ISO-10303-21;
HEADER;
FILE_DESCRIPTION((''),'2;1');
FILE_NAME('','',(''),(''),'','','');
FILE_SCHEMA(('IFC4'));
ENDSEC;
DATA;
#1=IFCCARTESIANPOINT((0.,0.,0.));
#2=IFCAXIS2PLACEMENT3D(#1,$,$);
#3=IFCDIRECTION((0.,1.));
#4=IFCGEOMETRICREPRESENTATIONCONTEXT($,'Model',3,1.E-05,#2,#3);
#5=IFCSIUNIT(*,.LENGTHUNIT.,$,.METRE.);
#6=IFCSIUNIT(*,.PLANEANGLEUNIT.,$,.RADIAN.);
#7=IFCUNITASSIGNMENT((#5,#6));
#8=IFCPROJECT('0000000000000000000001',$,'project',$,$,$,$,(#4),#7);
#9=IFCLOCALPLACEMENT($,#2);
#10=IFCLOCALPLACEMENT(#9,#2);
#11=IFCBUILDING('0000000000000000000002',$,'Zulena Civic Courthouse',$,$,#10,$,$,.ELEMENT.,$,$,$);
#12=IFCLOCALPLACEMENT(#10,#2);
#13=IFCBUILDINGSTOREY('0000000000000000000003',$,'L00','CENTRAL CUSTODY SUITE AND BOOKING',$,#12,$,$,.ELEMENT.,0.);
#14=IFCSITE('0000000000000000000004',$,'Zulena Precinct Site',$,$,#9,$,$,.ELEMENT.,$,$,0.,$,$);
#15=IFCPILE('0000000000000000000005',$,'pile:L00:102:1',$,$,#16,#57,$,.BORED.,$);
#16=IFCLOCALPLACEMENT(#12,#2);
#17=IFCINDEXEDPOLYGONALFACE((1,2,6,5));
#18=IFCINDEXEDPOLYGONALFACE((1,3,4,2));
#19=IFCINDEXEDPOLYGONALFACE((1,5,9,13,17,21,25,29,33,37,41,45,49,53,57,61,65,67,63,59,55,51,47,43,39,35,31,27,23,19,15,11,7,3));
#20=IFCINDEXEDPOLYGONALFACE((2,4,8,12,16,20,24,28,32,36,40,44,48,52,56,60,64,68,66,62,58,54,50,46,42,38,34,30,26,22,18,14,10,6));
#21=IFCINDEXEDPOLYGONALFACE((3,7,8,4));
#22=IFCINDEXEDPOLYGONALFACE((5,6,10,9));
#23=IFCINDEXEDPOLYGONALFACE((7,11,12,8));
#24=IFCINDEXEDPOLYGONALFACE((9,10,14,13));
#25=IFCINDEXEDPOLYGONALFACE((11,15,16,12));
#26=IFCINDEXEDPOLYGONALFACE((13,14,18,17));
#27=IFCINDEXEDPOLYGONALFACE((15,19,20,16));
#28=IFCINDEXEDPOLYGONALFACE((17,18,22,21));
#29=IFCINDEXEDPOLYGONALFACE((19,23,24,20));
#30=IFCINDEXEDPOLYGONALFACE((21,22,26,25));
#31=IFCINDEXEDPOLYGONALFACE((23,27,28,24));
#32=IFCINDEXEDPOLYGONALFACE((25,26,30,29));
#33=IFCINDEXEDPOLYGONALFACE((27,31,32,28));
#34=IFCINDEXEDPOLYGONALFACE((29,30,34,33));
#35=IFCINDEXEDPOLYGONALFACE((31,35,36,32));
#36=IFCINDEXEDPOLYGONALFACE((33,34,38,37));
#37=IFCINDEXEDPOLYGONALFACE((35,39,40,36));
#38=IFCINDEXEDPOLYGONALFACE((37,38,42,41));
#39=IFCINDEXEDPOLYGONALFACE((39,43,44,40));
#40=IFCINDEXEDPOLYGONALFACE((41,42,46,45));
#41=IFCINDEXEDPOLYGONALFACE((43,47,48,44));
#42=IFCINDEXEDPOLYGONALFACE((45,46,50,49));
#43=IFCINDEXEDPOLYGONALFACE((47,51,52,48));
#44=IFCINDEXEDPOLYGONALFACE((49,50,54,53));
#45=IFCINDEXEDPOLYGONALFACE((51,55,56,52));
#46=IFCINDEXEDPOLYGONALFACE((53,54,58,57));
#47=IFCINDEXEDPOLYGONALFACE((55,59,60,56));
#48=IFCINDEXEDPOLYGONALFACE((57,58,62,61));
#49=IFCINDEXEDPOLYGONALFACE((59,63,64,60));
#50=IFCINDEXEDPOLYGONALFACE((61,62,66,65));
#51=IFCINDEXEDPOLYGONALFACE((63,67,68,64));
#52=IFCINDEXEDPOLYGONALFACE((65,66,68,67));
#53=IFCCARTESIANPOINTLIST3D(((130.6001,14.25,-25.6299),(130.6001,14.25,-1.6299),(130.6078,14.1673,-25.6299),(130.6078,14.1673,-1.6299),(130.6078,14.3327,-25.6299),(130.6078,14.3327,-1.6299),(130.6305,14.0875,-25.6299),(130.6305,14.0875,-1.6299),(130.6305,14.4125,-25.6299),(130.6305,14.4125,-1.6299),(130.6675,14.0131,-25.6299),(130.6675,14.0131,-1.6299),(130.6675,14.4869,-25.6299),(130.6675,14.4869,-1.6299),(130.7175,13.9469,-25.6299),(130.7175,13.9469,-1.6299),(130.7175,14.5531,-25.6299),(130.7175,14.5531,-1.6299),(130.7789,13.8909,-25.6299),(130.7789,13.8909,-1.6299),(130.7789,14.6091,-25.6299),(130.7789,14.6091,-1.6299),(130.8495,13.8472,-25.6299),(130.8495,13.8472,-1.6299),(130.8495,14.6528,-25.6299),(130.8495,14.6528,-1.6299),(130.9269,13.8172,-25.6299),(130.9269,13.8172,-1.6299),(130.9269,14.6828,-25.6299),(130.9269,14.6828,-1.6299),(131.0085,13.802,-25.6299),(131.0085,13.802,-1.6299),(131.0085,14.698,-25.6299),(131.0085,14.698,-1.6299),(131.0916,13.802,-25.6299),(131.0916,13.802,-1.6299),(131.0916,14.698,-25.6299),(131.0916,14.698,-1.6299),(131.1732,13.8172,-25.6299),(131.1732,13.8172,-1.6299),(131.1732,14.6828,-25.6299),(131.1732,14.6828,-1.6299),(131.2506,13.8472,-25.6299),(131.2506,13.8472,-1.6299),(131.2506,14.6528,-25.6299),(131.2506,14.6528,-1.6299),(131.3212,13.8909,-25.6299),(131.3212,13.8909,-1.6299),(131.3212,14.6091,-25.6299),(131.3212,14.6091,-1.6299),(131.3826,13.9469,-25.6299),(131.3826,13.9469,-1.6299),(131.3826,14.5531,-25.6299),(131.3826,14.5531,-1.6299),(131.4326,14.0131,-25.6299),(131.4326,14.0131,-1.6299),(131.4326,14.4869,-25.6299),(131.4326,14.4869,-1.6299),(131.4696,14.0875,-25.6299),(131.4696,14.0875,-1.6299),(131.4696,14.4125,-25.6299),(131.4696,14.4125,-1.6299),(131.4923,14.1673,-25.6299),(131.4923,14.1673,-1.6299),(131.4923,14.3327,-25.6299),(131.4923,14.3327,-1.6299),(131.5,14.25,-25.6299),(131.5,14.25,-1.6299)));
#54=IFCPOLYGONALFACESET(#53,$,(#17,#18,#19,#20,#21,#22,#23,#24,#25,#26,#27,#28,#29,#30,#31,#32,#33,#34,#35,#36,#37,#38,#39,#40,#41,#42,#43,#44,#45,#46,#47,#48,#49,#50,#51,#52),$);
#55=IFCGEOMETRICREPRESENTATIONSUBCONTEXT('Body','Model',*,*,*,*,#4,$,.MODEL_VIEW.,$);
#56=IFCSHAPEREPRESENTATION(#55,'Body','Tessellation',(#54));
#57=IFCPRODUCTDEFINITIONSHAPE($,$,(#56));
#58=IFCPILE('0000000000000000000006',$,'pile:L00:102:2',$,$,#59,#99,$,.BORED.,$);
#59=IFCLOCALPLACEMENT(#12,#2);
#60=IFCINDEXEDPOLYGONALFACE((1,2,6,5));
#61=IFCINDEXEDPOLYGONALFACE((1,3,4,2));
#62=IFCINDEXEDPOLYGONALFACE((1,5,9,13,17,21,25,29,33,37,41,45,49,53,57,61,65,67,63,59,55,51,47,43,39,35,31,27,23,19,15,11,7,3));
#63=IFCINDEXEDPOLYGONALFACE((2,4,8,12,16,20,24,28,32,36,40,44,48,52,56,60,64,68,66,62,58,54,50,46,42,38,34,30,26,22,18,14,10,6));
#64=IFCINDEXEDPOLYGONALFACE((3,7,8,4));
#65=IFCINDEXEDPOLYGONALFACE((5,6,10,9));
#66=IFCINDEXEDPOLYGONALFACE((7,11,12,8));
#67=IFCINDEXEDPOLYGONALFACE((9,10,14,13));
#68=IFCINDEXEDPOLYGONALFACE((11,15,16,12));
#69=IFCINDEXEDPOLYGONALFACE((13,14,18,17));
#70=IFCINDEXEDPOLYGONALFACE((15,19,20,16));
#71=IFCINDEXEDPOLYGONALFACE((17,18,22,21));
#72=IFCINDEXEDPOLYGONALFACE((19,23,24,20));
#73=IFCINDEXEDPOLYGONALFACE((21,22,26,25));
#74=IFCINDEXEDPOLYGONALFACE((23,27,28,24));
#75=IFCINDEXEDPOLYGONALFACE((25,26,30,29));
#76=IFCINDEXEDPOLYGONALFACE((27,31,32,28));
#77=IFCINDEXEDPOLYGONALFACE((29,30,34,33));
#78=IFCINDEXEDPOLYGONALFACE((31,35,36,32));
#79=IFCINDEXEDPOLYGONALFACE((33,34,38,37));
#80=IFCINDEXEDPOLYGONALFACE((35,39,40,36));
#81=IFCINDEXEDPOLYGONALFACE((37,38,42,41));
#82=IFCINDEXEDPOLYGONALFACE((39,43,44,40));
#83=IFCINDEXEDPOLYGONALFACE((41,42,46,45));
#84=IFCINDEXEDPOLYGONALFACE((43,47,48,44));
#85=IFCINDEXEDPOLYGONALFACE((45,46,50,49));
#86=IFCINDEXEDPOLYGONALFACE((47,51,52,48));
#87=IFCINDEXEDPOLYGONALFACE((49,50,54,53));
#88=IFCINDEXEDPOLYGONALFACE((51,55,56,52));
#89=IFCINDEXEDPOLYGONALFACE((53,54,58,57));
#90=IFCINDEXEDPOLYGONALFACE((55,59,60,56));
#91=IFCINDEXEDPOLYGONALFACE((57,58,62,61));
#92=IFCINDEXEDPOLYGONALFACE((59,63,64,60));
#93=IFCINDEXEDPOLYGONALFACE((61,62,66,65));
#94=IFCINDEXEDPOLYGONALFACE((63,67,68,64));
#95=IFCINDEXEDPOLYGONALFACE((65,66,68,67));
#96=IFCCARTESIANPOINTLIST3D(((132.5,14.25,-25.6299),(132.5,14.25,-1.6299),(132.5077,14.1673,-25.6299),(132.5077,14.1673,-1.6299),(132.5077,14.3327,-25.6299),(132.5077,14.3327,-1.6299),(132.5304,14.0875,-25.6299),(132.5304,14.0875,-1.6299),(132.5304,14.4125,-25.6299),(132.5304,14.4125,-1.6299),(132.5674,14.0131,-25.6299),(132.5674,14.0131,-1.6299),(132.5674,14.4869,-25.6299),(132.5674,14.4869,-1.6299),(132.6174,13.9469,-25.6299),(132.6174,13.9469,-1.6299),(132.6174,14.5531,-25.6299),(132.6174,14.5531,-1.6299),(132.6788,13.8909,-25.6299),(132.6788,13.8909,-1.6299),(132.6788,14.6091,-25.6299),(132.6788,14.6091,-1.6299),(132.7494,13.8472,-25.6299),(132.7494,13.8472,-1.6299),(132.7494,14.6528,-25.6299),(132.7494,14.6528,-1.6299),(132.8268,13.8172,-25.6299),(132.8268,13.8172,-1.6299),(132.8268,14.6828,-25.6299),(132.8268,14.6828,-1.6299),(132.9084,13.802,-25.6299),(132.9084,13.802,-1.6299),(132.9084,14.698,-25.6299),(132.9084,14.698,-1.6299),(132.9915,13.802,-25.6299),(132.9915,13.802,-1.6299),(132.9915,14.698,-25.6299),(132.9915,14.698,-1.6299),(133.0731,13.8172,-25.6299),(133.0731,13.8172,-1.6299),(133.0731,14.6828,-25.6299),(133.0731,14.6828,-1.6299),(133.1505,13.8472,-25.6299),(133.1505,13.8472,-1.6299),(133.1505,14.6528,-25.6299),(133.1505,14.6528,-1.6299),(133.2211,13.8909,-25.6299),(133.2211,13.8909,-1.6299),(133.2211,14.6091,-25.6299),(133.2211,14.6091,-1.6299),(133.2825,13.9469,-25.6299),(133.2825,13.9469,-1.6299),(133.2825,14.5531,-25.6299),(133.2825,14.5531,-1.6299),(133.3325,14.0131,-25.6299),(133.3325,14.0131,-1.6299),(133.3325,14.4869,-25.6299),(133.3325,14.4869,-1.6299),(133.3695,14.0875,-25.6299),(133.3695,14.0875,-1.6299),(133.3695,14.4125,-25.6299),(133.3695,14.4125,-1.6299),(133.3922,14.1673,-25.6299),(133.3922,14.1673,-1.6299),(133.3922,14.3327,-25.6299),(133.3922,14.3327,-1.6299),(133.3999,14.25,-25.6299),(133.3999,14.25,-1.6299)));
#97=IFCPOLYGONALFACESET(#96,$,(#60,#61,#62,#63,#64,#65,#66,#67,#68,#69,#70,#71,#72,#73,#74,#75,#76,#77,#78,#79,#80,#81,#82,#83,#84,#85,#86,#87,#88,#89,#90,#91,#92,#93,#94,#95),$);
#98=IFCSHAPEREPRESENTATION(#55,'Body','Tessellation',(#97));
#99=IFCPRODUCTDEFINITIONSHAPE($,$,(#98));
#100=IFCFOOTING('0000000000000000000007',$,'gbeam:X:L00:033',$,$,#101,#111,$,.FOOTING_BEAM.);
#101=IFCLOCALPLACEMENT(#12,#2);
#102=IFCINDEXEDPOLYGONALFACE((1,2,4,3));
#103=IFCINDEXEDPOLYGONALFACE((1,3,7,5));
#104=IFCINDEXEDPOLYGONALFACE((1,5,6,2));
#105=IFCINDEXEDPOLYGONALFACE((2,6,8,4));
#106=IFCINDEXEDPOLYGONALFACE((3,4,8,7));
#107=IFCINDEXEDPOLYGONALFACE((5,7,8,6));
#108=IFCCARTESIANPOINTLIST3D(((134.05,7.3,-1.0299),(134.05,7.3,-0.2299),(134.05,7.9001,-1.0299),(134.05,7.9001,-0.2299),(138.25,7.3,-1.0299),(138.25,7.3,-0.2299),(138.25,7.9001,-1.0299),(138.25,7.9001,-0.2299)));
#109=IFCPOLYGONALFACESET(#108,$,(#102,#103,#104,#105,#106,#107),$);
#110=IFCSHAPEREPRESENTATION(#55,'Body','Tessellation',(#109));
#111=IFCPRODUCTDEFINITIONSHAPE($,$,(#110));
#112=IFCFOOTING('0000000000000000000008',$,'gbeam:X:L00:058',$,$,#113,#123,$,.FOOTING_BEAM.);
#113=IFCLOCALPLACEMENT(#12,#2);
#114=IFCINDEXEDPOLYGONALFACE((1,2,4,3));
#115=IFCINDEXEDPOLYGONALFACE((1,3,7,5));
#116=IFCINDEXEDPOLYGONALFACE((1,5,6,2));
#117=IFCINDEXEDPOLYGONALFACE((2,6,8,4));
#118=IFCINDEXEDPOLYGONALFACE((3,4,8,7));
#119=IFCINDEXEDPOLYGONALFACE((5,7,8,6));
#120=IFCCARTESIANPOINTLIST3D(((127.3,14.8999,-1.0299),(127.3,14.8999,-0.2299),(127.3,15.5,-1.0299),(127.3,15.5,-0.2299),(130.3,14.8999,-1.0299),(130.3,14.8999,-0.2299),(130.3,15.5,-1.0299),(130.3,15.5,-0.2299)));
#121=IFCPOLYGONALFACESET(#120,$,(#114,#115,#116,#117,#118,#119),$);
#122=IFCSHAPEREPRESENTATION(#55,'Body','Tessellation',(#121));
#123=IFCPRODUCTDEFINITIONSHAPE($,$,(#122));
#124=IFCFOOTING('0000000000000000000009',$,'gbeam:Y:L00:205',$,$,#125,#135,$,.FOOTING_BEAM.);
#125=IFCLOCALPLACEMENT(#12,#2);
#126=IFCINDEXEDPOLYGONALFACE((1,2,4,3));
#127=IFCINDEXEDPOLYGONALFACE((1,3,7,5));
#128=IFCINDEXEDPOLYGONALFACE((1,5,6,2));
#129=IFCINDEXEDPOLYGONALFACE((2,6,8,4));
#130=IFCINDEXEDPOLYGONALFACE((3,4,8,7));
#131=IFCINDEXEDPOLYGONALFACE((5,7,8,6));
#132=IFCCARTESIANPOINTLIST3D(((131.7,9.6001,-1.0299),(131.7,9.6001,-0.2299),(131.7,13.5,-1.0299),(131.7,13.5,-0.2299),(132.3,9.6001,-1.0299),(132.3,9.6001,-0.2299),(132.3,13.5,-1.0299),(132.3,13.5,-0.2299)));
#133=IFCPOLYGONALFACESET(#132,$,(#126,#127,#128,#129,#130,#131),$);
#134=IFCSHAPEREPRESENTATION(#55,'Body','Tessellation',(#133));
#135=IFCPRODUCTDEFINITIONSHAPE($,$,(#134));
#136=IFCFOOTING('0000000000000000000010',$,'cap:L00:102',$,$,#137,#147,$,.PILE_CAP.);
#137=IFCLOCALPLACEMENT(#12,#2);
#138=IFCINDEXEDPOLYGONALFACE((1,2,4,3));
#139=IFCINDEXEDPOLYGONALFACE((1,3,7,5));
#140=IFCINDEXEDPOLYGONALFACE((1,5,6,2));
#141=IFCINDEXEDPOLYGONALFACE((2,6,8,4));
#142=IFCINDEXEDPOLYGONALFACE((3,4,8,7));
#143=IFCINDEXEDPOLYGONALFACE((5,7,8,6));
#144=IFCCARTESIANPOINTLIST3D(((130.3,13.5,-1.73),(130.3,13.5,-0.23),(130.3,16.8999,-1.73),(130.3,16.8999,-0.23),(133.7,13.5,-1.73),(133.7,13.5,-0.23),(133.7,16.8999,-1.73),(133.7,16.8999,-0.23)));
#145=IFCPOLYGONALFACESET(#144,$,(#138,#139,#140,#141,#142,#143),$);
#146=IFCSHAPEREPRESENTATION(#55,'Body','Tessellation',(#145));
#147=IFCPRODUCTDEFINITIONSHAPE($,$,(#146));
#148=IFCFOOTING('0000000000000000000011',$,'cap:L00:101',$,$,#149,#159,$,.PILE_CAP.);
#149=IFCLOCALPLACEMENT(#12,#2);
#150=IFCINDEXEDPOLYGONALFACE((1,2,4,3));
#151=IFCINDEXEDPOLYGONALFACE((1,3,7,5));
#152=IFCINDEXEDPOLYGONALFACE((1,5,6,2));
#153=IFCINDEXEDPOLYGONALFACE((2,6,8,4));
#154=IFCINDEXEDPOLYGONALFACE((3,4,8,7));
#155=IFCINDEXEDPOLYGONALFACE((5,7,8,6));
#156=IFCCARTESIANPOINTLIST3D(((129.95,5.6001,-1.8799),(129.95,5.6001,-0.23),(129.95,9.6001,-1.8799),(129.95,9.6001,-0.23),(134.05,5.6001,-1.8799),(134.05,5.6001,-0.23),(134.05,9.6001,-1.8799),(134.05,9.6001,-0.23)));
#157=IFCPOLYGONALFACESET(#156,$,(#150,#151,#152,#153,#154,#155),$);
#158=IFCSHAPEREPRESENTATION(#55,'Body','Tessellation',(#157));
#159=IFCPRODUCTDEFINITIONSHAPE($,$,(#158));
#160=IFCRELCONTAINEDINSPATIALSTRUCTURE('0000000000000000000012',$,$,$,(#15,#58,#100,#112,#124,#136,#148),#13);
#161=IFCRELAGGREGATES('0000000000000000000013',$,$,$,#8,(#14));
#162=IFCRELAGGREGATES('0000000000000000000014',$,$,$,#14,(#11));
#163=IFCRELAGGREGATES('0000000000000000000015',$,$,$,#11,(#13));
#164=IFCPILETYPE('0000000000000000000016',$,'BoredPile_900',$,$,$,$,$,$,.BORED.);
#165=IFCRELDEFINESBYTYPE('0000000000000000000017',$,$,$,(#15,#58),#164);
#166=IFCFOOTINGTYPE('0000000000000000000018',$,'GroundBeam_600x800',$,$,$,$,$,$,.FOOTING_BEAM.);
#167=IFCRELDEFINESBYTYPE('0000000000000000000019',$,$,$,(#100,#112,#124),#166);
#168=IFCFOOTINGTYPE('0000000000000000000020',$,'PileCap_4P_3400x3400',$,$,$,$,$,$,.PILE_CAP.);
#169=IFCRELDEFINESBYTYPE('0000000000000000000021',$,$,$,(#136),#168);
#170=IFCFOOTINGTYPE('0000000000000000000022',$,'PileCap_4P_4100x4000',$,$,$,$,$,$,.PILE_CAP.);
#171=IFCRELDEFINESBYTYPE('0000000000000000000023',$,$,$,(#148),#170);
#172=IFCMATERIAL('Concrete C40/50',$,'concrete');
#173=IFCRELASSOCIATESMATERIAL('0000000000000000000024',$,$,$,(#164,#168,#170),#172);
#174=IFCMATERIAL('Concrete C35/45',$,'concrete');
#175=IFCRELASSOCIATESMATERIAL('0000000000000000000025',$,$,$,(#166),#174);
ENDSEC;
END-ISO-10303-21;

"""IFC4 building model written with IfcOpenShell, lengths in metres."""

from ifc_helpers import new_model, si_unit, direction, frame, origin, origin_2d, place, context, subcontext, project, spatial, rectangle, circle, extrude, material, material_profile, profile_set, type_object, element, save


model = new_model("IFC4")

# Units and contexts
model_context = context("Model", 3, precision=1e-05, world=origin(), true_north=direction((0.0, 1.0)))
body_context = subcontext(model_context, "Body", "Model", "MODEL_VIEW")
ifc_project = project(units=[si_unit("LENGTHUNIT", "METRE"), si_unit("PLANEANGLEUNIT", "RADIAN")], contexts=[model_context])

# Site, building, storey
site_placement = place(None, origin())
site = spatial("IfcSite", under=ifc_project, at=site_placement, Name="Zulena Precinct Site", CompositionType="ELEMENT", RefElevation=0.0)
building_placement = place(site_placement, origin())
building = spatial("IfcBuilding", under=site, at=building_placement, Name="Zulena Civic Courthouse", CompositionType="ELEMENT")
storey_placement = place(building_placement, origin())
storey = spatial("IfcBuildingStorey", under=building, at=storey_placement, Name="L00", Description="CENTRAL CUSTODY SUITE AND BOOKING", CompositionType="ELEMENT", Elevation=0.0)

# Piles
ifc_material_1 = material(Name="Concrete C40/50", Category="concrete")
ifc_material_profile_1 = material_profile(ifc_material_1, circle(Radius=0.45, at=origin_2d()), Name="PILE900")
ifc_profile_set_1 = profile_set([ifc_material_profile_1], Name="Concrete C40/50")
pile_type_1 = type_object("IfcPileType", Name="BoredPile_900", PredefinedType="BORED", material=ifc_profile_set_1)
for number, where, z_axis, x_axis, name in (
    (1, (131.05, 14.25, -1.6299), (0.0, 0.0, -1.0), (1.0, 0.0, 0.0), "pile:L00:102:1"),
    (2, (132.95, 14.25, -1.6299), (0.0, 0.0, -1.0), (1.0, 0.0, 0.0), "pile:L00:102:2"),
):
    element("IfcPile", number, at=place(storey_placement, frame(where, z_axis=z_axis, x_axis=x_axis)), inside=storey, type_object=pile_type_1, Name=name, PredefinedType="BORED", context=body_context, shape_type="SweptSolid", body=[
        extrude(circle(Radius=0.45, at=origin_2d()), origin(), (0.0, 0.0, 1.0), 24.0),
    ])

# Footings
ifc_material_2 = material(Name="Concrete C35/45", Category="concrete")
ifc_material_profile_2 = material_profile(ifc_material_2, rectangle(XDim=0.6001, YDim=0.8, at=origin_2d()), Name="RC600X800")
ifc_profile_set_2 = profile_set([ifc_material_profile_2], Name="Concrete C35/45")
footing_type_1 = type_object("IfcFootingType", Name="GroundBeam_600x800", PredefinedType="FOOTING_BEAM", material=ifc_profile_set_2)
footing_1_placement = place(storey_placement, frame((134.05, 7.6001, -0.6299), z_axis=(1.0, 0.0, 0.0), x_axis=(0.0, 1.0, 0.0)))
element("IfcFooting", 3, at=footing_1_placement, inside=storey, type_object=footing_type_1, Name="gbeam:X:L00:033", PredefinedType="FOOTING_BEAM", context=body_context, shape_type="SweptSolid", body=[
    extrude(rectangle(XDim=0.6001, YDim=0.8, at=origin_2d()), origin(), (0.0, 0.0, 1.0), 4.2),
])
footing_2_placement = place(storey_placement, frame((127.3, 15.2, -0.6299), z_axis=(1.0, 0.0, 0.0), x_axis=(0.0, 1.0, 0.0)))
element("IfcFooting", 4, at=footing_2_placement, inside=storey, type_object=footing_type_1, Name="gbeam:X:L00:058", PredefinedType="FOOTING_BEAM", context=body_context, shape_type="SweptSolid", body=[
    extrude(rectangle(XDim=0.6001, YDim=0.8, at=origin_2d()), origin(), (0.0, 0.0, 1.0), 3.0),
])
footing_3_placement = place(storey_placement, frame((132.0, 9.6001, -0.6299), z_axis=(0.0, 1.0, 0.0), x_axis=(-1.0, 0.0, 0.0)))
element("IfcFooting", 5, at=footing_3_placement, inside=storey, type_object=footing_type_1, Name="gbeam:Y:L00:205", PredefinedType="FOOTING_BEAM", context=body_context, shape_type="SweptSolid", body=[
    extrude(rectangle(XDim=0.6001, YDim=0.8, at=origin_2d()), origin(), (0.0, 0.0, 1.0), 3.8999),
])
footing_type_2 = type_object("IfcFootingType", Name="PileCap_4P_3400x3400", PredefinedType="PILE_CAP", material=ifc_material_1)
footing_4_placement = place(storey_placement, frame((132.0, 15.2, -1.73), z_axis=(0.0, 0.0, 1.0), x_axis=(1.0, 0.0, 0.0)))
element("IfcFooting", 6, at=footing_4_placement, inside=storey, type_object=footing_type_2, Name="cap:L00:102", PredefinedType="PILE_CAP", context=body_context, shape_type="SweptSolid", body=[
    extrude(rectangle(XDim=3.3999, YDim=3.3999, at=origin_2d()), origin(), (0.0, 0.0, 1.0), 1.5),
])
footing_type_3 = type_object("IfcFootingType", Name="PileCap_4P_4100x4000", PredefinedType="PILE_CAP", material=ifc_material_1)
footing_5_placement = place(storey_placement, frame((132.0, 7.6001, -1.8799), z_axis=(0.0, 0.0, 1.0), x_axis=(1.0, 0.0, 0.0)))
element("IfcFooting", 7, at=footing_5_placement, inside=storey, type_object=footing_type_3, Name="cap:L00:101", PredefinedType="PILE_CAP", context=body_context, shape_type="SweptSolid", body=[
    extrude(rectangle(XDim=4.1001, YDim=4.0, at=origin_2d()), origin(), (0.0, 0.0, 1.0), 1.6499),
])

save(model, "model.ifc")
